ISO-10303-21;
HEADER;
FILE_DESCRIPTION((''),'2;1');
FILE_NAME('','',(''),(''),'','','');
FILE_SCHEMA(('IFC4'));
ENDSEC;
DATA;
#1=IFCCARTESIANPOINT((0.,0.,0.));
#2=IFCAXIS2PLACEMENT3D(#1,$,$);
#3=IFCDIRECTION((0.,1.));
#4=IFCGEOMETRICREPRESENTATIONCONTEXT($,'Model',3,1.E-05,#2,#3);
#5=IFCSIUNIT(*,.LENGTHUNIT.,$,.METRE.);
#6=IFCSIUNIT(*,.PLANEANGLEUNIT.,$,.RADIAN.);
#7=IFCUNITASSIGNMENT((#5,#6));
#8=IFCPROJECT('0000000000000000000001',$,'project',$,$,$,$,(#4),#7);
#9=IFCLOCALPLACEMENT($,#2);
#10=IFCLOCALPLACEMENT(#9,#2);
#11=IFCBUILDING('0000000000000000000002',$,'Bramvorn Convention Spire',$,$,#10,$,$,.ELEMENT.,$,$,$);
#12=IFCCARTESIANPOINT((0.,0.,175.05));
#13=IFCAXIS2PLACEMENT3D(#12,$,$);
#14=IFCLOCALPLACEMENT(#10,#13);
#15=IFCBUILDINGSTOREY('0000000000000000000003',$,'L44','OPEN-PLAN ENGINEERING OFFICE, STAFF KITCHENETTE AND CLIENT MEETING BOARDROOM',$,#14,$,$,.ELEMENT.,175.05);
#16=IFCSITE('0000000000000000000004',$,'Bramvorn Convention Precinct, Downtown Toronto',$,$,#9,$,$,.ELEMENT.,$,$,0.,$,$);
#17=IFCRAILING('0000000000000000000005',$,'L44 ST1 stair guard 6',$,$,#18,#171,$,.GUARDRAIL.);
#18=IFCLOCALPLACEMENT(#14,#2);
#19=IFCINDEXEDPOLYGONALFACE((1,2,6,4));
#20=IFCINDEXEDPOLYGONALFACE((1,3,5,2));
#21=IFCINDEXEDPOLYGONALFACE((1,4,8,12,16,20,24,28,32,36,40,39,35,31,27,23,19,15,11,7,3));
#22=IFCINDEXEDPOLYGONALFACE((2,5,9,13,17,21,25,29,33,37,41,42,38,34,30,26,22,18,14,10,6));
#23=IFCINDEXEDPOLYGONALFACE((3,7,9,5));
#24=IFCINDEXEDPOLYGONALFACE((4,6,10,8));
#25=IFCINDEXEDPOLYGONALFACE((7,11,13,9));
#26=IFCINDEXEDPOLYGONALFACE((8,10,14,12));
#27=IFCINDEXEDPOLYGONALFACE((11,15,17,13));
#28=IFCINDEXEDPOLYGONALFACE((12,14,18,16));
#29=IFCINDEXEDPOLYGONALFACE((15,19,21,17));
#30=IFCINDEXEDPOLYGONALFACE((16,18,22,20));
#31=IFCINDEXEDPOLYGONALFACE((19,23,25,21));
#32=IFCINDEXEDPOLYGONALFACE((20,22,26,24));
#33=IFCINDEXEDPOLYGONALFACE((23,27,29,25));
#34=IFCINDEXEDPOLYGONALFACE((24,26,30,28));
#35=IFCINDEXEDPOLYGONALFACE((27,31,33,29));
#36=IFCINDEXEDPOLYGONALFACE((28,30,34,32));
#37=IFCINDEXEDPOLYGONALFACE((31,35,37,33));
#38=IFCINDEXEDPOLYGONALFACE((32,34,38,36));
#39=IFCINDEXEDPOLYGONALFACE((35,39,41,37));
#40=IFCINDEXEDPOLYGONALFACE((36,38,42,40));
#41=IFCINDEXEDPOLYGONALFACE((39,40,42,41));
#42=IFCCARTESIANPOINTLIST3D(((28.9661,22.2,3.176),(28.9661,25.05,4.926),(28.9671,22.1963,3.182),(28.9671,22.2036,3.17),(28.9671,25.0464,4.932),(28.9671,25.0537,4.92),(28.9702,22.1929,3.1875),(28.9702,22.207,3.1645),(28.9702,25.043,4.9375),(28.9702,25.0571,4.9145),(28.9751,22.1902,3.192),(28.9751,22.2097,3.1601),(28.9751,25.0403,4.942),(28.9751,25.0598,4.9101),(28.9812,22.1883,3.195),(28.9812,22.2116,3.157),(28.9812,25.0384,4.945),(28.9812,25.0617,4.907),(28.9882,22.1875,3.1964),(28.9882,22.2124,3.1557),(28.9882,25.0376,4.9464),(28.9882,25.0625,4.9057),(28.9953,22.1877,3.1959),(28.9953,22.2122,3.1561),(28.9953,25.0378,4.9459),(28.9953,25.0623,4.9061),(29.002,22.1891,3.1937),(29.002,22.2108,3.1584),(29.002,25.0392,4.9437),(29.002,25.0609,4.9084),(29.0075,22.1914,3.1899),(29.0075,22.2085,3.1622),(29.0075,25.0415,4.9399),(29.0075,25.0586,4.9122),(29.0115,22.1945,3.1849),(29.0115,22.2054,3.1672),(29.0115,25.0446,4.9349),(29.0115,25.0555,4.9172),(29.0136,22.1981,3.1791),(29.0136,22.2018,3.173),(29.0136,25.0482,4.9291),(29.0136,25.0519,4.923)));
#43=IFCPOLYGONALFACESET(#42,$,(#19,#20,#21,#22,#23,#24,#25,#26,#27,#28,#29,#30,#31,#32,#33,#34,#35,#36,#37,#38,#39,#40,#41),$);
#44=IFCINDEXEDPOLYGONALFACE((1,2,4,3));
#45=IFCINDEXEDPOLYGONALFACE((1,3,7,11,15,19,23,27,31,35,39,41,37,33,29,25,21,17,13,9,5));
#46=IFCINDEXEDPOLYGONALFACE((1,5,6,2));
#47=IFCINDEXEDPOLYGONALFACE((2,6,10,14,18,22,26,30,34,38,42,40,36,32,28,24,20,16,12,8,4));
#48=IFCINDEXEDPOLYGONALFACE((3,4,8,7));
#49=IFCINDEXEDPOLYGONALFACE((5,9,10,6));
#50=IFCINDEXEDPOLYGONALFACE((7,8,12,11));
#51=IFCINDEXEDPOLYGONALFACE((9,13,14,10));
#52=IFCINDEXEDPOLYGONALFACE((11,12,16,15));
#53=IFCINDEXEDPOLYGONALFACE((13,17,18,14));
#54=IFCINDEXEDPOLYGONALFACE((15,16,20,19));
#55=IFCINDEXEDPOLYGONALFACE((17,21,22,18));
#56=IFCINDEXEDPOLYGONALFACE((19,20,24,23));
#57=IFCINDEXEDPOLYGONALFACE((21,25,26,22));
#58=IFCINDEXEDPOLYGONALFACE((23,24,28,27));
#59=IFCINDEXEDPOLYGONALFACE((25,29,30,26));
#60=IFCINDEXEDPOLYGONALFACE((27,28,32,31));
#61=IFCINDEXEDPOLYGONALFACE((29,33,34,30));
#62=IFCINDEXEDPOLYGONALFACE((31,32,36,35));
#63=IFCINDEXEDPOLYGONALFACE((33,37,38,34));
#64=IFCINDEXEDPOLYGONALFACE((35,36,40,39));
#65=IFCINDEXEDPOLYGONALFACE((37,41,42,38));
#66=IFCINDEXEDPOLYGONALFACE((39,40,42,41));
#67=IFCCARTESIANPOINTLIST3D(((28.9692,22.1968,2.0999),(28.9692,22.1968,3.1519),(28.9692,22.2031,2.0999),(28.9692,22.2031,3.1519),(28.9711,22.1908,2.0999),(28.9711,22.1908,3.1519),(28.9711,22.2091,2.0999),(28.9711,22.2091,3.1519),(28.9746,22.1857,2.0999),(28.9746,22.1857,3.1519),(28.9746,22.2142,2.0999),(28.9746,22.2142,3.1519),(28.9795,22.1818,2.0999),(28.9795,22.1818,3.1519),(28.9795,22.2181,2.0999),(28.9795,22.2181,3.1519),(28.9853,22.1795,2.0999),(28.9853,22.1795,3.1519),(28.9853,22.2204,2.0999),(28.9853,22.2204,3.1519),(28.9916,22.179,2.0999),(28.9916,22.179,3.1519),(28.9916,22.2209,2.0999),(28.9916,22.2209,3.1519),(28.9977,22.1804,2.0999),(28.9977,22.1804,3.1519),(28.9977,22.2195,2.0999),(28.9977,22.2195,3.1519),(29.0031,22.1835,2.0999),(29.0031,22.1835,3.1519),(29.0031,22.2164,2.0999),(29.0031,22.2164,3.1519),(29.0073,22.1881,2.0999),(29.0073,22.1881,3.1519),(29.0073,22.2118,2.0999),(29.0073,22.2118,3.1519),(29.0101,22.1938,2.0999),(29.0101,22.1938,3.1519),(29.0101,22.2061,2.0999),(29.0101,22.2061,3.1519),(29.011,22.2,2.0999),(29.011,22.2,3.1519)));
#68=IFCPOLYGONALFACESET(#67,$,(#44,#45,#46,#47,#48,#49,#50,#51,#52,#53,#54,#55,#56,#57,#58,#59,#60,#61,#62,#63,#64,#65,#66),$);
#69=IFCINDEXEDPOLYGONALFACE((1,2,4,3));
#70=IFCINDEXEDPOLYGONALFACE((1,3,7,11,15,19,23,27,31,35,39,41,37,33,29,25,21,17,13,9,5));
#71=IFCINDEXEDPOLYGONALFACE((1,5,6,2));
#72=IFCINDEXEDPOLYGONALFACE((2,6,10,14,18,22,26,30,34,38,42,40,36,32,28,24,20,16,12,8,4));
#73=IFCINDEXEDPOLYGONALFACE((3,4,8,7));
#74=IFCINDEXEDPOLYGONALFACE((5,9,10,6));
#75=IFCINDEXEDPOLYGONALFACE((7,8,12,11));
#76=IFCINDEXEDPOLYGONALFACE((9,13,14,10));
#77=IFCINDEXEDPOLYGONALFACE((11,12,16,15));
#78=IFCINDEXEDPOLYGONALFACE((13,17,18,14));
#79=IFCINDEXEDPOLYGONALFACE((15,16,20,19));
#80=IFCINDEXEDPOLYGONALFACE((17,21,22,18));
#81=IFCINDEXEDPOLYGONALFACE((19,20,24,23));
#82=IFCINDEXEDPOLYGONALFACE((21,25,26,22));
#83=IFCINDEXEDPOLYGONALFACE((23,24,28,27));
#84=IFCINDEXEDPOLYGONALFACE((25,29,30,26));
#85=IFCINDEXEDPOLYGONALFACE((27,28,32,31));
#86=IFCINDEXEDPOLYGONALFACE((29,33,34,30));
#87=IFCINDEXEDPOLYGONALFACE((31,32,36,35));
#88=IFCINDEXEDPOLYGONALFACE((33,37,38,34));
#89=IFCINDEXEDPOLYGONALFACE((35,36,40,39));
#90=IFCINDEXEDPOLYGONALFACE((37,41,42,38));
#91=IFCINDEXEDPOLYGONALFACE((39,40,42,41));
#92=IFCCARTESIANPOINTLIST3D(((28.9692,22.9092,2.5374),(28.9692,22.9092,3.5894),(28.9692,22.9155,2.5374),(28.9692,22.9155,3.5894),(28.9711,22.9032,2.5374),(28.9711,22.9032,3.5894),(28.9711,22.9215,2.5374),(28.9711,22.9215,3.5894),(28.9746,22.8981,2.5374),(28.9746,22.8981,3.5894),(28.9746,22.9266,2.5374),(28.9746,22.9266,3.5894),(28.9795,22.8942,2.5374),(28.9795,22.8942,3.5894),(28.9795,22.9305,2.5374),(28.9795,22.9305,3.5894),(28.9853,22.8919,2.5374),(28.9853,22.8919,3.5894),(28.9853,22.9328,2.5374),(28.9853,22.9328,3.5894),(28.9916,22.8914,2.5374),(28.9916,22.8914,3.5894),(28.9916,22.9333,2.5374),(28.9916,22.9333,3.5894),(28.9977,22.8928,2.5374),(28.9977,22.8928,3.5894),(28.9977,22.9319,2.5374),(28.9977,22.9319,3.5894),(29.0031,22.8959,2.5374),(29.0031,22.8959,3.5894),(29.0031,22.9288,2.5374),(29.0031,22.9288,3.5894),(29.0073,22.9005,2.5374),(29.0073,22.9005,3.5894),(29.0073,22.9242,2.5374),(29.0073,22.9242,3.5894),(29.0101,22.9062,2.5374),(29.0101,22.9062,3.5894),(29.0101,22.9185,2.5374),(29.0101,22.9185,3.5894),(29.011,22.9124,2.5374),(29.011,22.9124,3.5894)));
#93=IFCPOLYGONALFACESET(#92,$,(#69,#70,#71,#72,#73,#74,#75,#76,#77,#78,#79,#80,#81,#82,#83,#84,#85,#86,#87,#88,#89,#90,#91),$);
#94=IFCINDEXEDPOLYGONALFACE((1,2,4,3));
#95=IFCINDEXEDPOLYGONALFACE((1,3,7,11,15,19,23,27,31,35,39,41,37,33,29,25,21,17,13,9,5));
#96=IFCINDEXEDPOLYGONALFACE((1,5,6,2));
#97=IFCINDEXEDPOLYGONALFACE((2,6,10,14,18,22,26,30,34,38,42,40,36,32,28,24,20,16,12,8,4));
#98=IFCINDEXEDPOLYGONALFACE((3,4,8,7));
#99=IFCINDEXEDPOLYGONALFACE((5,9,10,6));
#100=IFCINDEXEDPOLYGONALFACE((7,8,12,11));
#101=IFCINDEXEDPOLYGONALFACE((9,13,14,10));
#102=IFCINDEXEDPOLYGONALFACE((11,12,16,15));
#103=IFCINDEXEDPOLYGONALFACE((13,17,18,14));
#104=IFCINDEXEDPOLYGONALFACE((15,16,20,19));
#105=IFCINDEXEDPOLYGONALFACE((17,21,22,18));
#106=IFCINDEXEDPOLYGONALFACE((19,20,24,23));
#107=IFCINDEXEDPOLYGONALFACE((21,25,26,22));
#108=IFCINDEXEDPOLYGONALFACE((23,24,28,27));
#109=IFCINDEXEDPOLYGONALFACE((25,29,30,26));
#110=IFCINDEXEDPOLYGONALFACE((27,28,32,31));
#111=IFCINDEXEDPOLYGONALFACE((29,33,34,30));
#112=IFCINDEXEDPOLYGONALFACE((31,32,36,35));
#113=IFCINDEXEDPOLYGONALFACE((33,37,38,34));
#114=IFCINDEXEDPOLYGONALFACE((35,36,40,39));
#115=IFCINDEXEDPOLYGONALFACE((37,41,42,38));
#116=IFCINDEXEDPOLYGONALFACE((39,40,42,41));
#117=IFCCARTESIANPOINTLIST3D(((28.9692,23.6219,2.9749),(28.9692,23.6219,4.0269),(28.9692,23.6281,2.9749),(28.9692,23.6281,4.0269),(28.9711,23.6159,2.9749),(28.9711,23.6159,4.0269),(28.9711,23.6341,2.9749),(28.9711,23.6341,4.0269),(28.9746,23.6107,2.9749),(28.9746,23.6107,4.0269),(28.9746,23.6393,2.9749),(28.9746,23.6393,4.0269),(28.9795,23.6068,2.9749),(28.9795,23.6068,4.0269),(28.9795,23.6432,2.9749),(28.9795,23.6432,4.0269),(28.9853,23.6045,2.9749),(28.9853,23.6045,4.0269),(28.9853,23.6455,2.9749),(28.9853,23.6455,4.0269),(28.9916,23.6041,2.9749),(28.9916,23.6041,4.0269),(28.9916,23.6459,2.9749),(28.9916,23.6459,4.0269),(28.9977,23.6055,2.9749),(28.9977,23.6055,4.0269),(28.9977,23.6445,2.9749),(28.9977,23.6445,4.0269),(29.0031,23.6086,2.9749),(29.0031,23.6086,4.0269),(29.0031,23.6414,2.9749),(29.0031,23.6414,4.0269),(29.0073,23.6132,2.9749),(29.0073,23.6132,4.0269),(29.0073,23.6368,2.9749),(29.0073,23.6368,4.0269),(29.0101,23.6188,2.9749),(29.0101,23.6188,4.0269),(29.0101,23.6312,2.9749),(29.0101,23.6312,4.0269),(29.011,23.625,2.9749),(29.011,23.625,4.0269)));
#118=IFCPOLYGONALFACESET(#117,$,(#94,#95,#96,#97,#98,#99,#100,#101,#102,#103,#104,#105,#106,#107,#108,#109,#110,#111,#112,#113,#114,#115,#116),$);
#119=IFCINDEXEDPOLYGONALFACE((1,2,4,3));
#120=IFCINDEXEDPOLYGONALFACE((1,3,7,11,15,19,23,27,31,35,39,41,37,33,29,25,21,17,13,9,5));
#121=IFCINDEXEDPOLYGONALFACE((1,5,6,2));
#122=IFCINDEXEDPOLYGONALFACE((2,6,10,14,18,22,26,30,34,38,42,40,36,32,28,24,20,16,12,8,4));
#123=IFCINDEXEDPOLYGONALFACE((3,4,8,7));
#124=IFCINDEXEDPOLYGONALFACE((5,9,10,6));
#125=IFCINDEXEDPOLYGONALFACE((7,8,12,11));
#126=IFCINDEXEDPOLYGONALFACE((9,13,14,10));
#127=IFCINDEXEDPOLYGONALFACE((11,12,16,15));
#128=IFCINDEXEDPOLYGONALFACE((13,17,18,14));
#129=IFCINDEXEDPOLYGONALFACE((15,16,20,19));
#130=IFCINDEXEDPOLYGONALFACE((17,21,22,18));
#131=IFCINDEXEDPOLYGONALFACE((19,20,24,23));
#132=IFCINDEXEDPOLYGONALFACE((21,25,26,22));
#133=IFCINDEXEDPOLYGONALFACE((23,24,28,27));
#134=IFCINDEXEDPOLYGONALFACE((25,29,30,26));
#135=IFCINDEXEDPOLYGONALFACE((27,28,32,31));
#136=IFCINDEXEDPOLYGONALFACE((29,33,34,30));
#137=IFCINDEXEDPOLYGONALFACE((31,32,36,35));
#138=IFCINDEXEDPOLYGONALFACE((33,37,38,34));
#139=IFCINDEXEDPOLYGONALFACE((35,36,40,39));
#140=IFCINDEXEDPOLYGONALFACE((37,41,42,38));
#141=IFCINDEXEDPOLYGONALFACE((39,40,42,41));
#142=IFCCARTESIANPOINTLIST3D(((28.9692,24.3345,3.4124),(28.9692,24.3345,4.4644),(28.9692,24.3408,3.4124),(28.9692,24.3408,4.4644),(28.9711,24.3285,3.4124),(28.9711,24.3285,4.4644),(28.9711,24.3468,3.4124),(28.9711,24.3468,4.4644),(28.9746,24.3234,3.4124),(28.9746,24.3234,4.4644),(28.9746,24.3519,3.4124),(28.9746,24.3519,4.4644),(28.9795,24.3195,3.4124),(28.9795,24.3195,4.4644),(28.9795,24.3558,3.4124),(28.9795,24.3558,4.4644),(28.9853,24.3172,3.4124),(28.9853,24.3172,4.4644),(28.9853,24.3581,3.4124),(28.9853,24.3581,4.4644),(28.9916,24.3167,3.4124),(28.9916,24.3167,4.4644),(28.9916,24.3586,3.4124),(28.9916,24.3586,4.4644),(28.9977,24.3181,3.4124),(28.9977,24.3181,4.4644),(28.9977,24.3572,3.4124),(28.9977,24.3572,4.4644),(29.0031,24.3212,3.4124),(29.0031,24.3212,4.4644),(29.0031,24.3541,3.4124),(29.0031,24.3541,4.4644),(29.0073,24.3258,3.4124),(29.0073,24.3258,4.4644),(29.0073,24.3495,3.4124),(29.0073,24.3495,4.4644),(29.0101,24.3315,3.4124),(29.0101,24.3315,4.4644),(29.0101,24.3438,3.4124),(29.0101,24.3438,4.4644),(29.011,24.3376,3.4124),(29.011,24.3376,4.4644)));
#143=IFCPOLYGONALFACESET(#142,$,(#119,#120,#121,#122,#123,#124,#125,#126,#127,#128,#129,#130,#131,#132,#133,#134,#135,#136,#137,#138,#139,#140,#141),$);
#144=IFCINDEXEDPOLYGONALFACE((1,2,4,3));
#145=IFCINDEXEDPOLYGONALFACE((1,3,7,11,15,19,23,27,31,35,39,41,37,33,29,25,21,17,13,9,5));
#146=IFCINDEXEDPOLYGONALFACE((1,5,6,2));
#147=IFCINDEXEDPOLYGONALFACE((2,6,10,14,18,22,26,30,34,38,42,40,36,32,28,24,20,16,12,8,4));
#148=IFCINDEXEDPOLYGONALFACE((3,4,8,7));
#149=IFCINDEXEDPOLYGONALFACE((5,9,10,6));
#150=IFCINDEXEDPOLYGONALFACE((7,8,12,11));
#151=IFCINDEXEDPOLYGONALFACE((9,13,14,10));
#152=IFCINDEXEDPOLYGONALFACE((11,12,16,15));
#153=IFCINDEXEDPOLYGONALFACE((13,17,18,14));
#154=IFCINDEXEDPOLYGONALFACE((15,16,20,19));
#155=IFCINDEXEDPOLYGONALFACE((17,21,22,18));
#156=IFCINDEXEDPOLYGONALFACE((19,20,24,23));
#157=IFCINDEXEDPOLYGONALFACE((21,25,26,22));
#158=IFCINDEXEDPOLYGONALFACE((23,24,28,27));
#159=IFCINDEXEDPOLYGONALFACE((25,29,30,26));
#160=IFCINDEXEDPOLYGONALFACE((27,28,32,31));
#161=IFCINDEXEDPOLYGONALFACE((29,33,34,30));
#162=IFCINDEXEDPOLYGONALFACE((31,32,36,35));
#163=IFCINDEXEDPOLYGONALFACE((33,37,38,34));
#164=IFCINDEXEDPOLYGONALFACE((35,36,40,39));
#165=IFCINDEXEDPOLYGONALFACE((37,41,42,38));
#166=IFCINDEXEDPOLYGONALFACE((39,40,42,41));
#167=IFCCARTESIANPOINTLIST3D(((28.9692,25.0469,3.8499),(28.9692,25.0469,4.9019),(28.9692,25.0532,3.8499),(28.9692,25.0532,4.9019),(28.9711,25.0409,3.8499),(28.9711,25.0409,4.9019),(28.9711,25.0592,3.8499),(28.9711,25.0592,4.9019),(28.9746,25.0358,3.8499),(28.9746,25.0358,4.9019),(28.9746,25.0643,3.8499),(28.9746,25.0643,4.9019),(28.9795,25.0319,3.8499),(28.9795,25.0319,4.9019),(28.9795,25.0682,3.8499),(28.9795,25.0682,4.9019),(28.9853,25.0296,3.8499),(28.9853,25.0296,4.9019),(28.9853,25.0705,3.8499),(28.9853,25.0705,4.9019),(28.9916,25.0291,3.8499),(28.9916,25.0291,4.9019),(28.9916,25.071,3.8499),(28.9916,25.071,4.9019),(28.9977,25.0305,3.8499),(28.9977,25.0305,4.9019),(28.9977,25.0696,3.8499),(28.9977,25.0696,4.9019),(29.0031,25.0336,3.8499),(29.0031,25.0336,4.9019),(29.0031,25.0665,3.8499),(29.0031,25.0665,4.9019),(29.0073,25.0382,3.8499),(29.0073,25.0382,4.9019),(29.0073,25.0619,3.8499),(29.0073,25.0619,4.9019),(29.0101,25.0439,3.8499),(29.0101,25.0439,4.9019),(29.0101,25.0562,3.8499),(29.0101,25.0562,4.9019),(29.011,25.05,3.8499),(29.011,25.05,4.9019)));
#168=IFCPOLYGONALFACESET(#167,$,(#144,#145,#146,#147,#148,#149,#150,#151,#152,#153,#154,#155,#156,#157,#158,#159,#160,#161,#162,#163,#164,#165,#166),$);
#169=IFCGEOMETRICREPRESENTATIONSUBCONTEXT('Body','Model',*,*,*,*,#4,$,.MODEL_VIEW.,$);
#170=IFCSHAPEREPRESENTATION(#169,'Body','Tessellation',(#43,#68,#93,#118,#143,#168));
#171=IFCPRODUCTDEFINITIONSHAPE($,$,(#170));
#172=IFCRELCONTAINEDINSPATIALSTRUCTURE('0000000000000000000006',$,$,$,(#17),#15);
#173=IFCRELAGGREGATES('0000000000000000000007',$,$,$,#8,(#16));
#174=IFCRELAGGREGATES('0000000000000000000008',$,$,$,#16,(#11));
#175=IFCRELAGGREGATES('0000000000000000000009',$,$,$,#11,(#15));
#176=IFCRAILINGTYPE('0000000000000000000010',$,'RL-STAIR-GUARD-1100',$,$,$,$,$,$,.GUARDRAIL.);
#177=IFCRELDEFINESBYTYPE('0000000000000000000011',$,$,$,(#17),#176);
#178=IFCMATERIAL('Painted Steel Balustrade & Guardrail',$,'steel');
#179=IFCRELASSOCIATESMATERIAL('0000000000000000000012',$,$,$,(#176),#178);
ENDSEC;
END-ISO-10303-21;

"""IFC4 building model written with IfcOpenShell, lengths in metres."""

from ifc_helpers import new_model, si_unit, direction, frame, origin, origin_2d, place, context, subcontext, project, spatial, circle, extrude, material, type_object, element, save


model = new_model("IFC4")

# Units and contexts
model_context = context("Model", 3, precision=1e-05, world=origin(), true_north=direction((0.0, 1.0)))
body_context = subcontext(model_context, "Body", "Model", "MODEL_VIEW")
ifc_project = project(units=[si_unit("LENGTHUNIT", "METRE"), si_unit("PLANEANGLEUNIT", "RADIAN")], contexts=[model_context])

# Site, building, storey
site_placement = place(None, origin())
site = spatial("IfcSite", under=ifc_project, at=site_placement, Name="Bramvorn Convention Precinct, Downtown Toronto", CompositionType="ELEMENT", RefElevation=0.0)
building_placement = place(site_placement, origin())
building = spatial("IfcBuilding", under=site, at=building_placement, Name="Bramvorn Convention Spire", CompositionType="ELEMENT")
storey_placement = place(building_placement, frame((0.0, 0.0, 175.05)))
storey = spatial("IfcBuildingStorey", under=building, at=storey_placement, Name="L44", Description="OPEN-PLAN ENGINEERING OFFICE, STAFF KITCHENETTE AND CLIENT MEETING BOARDROOM", CompositionType="ELEMENT", Elevation=175.05)

# Railing
ifc_material_1 = material(Name="Painted Steel Balustrade & Guardrail", Category="steel")
railing_type_1 = type_object("IfcRailingType", Name="RL-STAIR-GUARD-1100", PredefinedType="GUARDRAIL", material=ifc_material_1)
railing_1_placement = place(storey_placement, frame((28.99, 22.2, 2.0999)))
element("IfcRailing", 1, at=railing_1_placement, inside=storey, type_object=railing_type_1, Name="L44 ST1 stair guard 6", PredefinedType="GUARDRAIL", context=body_context, shape_type="SweptSolid", body=[
    extrude(circle(Radius=0.0239, at=origin_2d()), frame((0.0, 0.0, 1.0762), z_axis=(0.0, 0.852179, 0.52325), x_axis=(-1.0, 0.0, 0.0)), (0.0, 0.0, 1.0), 3.3445),
    extrude(circle(Radius=0.021, at=origin_2d()), origin(), (0.0, 0.0, 1.0), 1.052),
    extrude(circle(Radius=0.021, at=origin_2d()), frame((0.0, 0.7124, 0.4375)), (0.0, 0.0, 1.0), 1.052),
    extrude(circle(Radius=0.021, at=origin_2d()), frame((0.0, 1.425, 0.875)), (0.0, 0.0, 1.0), 1.052),
    extrude(circle(Radius=0.021, at=origin_2d()), frame((0.0, 2.1377, 1.3125)), (0.0, 0.0, 1.0), 1.052),
    extrude(circle(Radius=0.021, at=origin_2d()), frame((0.0, 2.8501, 1.75)), (0.0, 0.0, 1.0), 1.052),
])

save(model, "model.ifc")
